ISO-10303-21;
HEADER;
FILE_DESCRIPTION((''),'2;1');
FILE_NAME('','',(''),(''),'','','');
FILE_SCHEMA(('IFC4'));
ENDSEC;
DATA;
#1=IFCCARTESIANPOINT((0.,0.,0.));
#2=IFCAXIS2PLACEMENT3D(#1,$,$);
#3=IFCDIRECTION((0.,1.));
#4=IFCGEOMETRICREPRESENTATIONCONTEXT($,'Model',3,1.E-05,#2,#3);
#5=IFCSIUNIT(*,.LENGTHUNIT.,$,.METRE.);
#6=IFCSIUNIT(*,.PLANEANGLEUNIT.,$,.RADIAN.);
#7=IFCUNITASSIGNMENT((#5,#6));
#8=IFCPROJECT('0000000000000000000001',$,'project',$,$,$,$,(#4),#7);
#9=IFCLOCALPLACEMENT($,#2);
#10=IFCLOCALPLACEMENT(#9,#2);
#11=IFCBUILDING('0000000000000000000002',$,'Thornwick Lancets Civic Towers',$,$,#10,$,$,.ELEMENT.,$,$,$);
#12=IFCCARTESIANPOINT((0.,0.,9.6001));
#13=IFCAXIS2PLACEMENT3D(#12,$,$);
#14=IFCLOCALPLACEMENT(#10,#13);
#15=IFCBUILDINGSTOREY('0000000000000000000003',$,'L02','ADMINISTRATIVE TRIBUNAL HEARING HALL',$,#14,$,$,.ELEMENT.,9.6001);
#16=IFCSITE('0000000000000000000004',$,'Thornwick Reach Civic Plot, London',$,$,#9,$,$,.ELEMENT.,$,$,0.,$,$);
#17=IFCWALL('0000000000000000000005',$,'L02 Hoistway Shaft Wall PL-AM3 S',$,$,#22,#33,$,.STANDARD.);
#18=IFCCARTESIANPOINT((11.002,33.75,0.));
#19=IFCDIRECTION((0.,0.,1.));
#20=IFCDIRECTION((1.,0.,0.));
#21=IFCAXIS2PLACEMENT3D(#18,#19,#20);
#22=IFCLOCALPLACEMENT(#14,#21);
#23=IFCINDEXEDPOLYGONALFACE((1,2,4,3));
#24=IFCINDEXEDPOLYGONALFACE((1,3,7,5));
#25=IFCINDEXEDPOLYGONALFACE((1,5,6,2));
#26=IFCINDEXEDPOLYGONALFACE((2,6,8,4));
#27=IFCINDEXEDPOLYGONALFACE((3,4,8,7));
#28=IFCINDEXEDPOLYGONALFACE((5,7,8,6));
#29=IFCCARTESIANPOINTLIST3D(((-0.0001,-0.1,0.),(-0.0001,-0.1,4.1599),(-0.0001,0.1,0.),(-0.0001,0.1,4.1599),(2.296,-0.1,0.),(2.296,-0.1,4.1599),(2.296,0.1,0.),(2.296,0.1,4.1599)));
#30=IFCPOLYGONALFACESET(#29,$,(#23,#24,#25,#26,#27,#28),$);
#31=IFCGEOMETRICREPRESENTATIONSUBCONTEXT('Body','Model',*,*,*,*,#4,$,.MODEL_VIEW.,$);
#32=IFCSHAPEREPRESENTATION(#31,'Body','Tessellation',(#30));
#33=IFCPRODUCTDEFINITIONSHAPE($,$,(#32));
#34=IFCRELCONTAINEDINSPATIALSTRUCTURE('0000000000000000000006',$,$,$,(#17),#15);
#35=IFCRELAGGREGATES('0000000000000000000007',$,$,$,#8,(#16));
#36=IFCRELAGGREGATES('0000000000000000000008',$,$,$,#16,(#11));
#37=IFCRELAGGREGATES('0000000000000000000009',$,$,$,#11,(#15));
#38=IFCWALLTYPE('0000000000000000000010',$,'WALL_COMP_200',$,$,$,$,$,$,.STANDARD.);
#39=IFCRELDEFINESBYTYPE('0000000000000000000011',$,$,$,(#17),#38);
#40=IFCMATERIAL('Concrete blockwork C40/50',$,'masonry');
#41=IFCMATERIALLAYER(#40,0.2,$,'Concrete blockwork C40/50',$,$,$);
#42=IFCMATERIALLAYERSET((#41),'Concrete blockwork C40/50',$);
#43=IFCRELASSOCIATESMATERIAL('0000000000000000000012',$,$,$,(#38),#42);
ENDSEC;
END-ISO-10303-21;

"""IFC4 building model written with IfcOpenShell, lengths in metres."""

from ifc_helpers import new_model, si_unit, direction, frame, frame_2d, origin, place, context, subcontext, project, spatial, rectangle, extrude, material, layer, layer_set, type_object, element, save


model = new_model("IFC4")

# Units and contexts
model_context = context("Model", 3, precision=1e-05, world=origin(), true_north=direction((0.0, 1.0)))
body_context = subcontext(model_context, "Body", "Model", "MODEL_VIEW")
ifc_project = project(units=[si_unit("LENGTHUNIT", "METRE"), si_unit("PLANEANGLEUNIT", "RADIAN")], contexts=[model_context])

# Site, building, storey
site_placement = place(None, origin())
site = spatial("IfcSite", under=ifc_project, at=site_placement, Name="Thornwick Reach Civic Plot, London", CompositionType="ELEMENT", RefElevation=0.0)
building_placement = place(site_placement, origin())
building = spatial("IfcBuilding", under=site, at=building_placement, Name="Thornwick Lancets Civic Towers", CompositionType="ELEMENT")
storey_placement = place(building_placement, frame((0.0, 0.0, 9.6001)))
storey = spatial("IfcBuildingStorey", under=building, at=storey_placement, Name="L02", Description="ADMINISTRATIVE TRIBUNAL HEARING HALL", CompositionType="ELEMENT", Elevation=9.6001)

# Wall
ifc_material_1 = material(Name="Concrete blockwork C40/50", Category="masonry")
ifc_layer_1 = layer(ifc_material_1, 0.2, Name="Concrete blockwork C40/50")
ifc_layer_set_1 = layer_set([ifc_layer_1], Name="Concrete blockwork C40/50")
wall_type_1 = type_object("IfcWallType", Name="WALL_COMP_200", PredefinedType="STANDARD", material=ifc_layer_set_1)
wall_1_placement = place(storey_placement, frame((11.002, 33.75, 0.0), z_axis=(0.0, 0.0, 1.0), x_axis=(1.0, 0.0, 0.0)))
element("IfcWall", 1, at=wall_1_placement, inside=storey, type_object=wall_type_1, Name="L02 Hoistway Shaft Wall PL-AM3 S", PredefinedType="STANDARD", context=body_context, shape_type="SweptSolid", body=[
    extrude(rectangle(XDim=2.2961, YDim=0.2, at=frame_2d((1.1479, 0.0))), origin(), (0.0, 0.0, 1.0), 4.1599),
])

save(model, "model.ifc")
